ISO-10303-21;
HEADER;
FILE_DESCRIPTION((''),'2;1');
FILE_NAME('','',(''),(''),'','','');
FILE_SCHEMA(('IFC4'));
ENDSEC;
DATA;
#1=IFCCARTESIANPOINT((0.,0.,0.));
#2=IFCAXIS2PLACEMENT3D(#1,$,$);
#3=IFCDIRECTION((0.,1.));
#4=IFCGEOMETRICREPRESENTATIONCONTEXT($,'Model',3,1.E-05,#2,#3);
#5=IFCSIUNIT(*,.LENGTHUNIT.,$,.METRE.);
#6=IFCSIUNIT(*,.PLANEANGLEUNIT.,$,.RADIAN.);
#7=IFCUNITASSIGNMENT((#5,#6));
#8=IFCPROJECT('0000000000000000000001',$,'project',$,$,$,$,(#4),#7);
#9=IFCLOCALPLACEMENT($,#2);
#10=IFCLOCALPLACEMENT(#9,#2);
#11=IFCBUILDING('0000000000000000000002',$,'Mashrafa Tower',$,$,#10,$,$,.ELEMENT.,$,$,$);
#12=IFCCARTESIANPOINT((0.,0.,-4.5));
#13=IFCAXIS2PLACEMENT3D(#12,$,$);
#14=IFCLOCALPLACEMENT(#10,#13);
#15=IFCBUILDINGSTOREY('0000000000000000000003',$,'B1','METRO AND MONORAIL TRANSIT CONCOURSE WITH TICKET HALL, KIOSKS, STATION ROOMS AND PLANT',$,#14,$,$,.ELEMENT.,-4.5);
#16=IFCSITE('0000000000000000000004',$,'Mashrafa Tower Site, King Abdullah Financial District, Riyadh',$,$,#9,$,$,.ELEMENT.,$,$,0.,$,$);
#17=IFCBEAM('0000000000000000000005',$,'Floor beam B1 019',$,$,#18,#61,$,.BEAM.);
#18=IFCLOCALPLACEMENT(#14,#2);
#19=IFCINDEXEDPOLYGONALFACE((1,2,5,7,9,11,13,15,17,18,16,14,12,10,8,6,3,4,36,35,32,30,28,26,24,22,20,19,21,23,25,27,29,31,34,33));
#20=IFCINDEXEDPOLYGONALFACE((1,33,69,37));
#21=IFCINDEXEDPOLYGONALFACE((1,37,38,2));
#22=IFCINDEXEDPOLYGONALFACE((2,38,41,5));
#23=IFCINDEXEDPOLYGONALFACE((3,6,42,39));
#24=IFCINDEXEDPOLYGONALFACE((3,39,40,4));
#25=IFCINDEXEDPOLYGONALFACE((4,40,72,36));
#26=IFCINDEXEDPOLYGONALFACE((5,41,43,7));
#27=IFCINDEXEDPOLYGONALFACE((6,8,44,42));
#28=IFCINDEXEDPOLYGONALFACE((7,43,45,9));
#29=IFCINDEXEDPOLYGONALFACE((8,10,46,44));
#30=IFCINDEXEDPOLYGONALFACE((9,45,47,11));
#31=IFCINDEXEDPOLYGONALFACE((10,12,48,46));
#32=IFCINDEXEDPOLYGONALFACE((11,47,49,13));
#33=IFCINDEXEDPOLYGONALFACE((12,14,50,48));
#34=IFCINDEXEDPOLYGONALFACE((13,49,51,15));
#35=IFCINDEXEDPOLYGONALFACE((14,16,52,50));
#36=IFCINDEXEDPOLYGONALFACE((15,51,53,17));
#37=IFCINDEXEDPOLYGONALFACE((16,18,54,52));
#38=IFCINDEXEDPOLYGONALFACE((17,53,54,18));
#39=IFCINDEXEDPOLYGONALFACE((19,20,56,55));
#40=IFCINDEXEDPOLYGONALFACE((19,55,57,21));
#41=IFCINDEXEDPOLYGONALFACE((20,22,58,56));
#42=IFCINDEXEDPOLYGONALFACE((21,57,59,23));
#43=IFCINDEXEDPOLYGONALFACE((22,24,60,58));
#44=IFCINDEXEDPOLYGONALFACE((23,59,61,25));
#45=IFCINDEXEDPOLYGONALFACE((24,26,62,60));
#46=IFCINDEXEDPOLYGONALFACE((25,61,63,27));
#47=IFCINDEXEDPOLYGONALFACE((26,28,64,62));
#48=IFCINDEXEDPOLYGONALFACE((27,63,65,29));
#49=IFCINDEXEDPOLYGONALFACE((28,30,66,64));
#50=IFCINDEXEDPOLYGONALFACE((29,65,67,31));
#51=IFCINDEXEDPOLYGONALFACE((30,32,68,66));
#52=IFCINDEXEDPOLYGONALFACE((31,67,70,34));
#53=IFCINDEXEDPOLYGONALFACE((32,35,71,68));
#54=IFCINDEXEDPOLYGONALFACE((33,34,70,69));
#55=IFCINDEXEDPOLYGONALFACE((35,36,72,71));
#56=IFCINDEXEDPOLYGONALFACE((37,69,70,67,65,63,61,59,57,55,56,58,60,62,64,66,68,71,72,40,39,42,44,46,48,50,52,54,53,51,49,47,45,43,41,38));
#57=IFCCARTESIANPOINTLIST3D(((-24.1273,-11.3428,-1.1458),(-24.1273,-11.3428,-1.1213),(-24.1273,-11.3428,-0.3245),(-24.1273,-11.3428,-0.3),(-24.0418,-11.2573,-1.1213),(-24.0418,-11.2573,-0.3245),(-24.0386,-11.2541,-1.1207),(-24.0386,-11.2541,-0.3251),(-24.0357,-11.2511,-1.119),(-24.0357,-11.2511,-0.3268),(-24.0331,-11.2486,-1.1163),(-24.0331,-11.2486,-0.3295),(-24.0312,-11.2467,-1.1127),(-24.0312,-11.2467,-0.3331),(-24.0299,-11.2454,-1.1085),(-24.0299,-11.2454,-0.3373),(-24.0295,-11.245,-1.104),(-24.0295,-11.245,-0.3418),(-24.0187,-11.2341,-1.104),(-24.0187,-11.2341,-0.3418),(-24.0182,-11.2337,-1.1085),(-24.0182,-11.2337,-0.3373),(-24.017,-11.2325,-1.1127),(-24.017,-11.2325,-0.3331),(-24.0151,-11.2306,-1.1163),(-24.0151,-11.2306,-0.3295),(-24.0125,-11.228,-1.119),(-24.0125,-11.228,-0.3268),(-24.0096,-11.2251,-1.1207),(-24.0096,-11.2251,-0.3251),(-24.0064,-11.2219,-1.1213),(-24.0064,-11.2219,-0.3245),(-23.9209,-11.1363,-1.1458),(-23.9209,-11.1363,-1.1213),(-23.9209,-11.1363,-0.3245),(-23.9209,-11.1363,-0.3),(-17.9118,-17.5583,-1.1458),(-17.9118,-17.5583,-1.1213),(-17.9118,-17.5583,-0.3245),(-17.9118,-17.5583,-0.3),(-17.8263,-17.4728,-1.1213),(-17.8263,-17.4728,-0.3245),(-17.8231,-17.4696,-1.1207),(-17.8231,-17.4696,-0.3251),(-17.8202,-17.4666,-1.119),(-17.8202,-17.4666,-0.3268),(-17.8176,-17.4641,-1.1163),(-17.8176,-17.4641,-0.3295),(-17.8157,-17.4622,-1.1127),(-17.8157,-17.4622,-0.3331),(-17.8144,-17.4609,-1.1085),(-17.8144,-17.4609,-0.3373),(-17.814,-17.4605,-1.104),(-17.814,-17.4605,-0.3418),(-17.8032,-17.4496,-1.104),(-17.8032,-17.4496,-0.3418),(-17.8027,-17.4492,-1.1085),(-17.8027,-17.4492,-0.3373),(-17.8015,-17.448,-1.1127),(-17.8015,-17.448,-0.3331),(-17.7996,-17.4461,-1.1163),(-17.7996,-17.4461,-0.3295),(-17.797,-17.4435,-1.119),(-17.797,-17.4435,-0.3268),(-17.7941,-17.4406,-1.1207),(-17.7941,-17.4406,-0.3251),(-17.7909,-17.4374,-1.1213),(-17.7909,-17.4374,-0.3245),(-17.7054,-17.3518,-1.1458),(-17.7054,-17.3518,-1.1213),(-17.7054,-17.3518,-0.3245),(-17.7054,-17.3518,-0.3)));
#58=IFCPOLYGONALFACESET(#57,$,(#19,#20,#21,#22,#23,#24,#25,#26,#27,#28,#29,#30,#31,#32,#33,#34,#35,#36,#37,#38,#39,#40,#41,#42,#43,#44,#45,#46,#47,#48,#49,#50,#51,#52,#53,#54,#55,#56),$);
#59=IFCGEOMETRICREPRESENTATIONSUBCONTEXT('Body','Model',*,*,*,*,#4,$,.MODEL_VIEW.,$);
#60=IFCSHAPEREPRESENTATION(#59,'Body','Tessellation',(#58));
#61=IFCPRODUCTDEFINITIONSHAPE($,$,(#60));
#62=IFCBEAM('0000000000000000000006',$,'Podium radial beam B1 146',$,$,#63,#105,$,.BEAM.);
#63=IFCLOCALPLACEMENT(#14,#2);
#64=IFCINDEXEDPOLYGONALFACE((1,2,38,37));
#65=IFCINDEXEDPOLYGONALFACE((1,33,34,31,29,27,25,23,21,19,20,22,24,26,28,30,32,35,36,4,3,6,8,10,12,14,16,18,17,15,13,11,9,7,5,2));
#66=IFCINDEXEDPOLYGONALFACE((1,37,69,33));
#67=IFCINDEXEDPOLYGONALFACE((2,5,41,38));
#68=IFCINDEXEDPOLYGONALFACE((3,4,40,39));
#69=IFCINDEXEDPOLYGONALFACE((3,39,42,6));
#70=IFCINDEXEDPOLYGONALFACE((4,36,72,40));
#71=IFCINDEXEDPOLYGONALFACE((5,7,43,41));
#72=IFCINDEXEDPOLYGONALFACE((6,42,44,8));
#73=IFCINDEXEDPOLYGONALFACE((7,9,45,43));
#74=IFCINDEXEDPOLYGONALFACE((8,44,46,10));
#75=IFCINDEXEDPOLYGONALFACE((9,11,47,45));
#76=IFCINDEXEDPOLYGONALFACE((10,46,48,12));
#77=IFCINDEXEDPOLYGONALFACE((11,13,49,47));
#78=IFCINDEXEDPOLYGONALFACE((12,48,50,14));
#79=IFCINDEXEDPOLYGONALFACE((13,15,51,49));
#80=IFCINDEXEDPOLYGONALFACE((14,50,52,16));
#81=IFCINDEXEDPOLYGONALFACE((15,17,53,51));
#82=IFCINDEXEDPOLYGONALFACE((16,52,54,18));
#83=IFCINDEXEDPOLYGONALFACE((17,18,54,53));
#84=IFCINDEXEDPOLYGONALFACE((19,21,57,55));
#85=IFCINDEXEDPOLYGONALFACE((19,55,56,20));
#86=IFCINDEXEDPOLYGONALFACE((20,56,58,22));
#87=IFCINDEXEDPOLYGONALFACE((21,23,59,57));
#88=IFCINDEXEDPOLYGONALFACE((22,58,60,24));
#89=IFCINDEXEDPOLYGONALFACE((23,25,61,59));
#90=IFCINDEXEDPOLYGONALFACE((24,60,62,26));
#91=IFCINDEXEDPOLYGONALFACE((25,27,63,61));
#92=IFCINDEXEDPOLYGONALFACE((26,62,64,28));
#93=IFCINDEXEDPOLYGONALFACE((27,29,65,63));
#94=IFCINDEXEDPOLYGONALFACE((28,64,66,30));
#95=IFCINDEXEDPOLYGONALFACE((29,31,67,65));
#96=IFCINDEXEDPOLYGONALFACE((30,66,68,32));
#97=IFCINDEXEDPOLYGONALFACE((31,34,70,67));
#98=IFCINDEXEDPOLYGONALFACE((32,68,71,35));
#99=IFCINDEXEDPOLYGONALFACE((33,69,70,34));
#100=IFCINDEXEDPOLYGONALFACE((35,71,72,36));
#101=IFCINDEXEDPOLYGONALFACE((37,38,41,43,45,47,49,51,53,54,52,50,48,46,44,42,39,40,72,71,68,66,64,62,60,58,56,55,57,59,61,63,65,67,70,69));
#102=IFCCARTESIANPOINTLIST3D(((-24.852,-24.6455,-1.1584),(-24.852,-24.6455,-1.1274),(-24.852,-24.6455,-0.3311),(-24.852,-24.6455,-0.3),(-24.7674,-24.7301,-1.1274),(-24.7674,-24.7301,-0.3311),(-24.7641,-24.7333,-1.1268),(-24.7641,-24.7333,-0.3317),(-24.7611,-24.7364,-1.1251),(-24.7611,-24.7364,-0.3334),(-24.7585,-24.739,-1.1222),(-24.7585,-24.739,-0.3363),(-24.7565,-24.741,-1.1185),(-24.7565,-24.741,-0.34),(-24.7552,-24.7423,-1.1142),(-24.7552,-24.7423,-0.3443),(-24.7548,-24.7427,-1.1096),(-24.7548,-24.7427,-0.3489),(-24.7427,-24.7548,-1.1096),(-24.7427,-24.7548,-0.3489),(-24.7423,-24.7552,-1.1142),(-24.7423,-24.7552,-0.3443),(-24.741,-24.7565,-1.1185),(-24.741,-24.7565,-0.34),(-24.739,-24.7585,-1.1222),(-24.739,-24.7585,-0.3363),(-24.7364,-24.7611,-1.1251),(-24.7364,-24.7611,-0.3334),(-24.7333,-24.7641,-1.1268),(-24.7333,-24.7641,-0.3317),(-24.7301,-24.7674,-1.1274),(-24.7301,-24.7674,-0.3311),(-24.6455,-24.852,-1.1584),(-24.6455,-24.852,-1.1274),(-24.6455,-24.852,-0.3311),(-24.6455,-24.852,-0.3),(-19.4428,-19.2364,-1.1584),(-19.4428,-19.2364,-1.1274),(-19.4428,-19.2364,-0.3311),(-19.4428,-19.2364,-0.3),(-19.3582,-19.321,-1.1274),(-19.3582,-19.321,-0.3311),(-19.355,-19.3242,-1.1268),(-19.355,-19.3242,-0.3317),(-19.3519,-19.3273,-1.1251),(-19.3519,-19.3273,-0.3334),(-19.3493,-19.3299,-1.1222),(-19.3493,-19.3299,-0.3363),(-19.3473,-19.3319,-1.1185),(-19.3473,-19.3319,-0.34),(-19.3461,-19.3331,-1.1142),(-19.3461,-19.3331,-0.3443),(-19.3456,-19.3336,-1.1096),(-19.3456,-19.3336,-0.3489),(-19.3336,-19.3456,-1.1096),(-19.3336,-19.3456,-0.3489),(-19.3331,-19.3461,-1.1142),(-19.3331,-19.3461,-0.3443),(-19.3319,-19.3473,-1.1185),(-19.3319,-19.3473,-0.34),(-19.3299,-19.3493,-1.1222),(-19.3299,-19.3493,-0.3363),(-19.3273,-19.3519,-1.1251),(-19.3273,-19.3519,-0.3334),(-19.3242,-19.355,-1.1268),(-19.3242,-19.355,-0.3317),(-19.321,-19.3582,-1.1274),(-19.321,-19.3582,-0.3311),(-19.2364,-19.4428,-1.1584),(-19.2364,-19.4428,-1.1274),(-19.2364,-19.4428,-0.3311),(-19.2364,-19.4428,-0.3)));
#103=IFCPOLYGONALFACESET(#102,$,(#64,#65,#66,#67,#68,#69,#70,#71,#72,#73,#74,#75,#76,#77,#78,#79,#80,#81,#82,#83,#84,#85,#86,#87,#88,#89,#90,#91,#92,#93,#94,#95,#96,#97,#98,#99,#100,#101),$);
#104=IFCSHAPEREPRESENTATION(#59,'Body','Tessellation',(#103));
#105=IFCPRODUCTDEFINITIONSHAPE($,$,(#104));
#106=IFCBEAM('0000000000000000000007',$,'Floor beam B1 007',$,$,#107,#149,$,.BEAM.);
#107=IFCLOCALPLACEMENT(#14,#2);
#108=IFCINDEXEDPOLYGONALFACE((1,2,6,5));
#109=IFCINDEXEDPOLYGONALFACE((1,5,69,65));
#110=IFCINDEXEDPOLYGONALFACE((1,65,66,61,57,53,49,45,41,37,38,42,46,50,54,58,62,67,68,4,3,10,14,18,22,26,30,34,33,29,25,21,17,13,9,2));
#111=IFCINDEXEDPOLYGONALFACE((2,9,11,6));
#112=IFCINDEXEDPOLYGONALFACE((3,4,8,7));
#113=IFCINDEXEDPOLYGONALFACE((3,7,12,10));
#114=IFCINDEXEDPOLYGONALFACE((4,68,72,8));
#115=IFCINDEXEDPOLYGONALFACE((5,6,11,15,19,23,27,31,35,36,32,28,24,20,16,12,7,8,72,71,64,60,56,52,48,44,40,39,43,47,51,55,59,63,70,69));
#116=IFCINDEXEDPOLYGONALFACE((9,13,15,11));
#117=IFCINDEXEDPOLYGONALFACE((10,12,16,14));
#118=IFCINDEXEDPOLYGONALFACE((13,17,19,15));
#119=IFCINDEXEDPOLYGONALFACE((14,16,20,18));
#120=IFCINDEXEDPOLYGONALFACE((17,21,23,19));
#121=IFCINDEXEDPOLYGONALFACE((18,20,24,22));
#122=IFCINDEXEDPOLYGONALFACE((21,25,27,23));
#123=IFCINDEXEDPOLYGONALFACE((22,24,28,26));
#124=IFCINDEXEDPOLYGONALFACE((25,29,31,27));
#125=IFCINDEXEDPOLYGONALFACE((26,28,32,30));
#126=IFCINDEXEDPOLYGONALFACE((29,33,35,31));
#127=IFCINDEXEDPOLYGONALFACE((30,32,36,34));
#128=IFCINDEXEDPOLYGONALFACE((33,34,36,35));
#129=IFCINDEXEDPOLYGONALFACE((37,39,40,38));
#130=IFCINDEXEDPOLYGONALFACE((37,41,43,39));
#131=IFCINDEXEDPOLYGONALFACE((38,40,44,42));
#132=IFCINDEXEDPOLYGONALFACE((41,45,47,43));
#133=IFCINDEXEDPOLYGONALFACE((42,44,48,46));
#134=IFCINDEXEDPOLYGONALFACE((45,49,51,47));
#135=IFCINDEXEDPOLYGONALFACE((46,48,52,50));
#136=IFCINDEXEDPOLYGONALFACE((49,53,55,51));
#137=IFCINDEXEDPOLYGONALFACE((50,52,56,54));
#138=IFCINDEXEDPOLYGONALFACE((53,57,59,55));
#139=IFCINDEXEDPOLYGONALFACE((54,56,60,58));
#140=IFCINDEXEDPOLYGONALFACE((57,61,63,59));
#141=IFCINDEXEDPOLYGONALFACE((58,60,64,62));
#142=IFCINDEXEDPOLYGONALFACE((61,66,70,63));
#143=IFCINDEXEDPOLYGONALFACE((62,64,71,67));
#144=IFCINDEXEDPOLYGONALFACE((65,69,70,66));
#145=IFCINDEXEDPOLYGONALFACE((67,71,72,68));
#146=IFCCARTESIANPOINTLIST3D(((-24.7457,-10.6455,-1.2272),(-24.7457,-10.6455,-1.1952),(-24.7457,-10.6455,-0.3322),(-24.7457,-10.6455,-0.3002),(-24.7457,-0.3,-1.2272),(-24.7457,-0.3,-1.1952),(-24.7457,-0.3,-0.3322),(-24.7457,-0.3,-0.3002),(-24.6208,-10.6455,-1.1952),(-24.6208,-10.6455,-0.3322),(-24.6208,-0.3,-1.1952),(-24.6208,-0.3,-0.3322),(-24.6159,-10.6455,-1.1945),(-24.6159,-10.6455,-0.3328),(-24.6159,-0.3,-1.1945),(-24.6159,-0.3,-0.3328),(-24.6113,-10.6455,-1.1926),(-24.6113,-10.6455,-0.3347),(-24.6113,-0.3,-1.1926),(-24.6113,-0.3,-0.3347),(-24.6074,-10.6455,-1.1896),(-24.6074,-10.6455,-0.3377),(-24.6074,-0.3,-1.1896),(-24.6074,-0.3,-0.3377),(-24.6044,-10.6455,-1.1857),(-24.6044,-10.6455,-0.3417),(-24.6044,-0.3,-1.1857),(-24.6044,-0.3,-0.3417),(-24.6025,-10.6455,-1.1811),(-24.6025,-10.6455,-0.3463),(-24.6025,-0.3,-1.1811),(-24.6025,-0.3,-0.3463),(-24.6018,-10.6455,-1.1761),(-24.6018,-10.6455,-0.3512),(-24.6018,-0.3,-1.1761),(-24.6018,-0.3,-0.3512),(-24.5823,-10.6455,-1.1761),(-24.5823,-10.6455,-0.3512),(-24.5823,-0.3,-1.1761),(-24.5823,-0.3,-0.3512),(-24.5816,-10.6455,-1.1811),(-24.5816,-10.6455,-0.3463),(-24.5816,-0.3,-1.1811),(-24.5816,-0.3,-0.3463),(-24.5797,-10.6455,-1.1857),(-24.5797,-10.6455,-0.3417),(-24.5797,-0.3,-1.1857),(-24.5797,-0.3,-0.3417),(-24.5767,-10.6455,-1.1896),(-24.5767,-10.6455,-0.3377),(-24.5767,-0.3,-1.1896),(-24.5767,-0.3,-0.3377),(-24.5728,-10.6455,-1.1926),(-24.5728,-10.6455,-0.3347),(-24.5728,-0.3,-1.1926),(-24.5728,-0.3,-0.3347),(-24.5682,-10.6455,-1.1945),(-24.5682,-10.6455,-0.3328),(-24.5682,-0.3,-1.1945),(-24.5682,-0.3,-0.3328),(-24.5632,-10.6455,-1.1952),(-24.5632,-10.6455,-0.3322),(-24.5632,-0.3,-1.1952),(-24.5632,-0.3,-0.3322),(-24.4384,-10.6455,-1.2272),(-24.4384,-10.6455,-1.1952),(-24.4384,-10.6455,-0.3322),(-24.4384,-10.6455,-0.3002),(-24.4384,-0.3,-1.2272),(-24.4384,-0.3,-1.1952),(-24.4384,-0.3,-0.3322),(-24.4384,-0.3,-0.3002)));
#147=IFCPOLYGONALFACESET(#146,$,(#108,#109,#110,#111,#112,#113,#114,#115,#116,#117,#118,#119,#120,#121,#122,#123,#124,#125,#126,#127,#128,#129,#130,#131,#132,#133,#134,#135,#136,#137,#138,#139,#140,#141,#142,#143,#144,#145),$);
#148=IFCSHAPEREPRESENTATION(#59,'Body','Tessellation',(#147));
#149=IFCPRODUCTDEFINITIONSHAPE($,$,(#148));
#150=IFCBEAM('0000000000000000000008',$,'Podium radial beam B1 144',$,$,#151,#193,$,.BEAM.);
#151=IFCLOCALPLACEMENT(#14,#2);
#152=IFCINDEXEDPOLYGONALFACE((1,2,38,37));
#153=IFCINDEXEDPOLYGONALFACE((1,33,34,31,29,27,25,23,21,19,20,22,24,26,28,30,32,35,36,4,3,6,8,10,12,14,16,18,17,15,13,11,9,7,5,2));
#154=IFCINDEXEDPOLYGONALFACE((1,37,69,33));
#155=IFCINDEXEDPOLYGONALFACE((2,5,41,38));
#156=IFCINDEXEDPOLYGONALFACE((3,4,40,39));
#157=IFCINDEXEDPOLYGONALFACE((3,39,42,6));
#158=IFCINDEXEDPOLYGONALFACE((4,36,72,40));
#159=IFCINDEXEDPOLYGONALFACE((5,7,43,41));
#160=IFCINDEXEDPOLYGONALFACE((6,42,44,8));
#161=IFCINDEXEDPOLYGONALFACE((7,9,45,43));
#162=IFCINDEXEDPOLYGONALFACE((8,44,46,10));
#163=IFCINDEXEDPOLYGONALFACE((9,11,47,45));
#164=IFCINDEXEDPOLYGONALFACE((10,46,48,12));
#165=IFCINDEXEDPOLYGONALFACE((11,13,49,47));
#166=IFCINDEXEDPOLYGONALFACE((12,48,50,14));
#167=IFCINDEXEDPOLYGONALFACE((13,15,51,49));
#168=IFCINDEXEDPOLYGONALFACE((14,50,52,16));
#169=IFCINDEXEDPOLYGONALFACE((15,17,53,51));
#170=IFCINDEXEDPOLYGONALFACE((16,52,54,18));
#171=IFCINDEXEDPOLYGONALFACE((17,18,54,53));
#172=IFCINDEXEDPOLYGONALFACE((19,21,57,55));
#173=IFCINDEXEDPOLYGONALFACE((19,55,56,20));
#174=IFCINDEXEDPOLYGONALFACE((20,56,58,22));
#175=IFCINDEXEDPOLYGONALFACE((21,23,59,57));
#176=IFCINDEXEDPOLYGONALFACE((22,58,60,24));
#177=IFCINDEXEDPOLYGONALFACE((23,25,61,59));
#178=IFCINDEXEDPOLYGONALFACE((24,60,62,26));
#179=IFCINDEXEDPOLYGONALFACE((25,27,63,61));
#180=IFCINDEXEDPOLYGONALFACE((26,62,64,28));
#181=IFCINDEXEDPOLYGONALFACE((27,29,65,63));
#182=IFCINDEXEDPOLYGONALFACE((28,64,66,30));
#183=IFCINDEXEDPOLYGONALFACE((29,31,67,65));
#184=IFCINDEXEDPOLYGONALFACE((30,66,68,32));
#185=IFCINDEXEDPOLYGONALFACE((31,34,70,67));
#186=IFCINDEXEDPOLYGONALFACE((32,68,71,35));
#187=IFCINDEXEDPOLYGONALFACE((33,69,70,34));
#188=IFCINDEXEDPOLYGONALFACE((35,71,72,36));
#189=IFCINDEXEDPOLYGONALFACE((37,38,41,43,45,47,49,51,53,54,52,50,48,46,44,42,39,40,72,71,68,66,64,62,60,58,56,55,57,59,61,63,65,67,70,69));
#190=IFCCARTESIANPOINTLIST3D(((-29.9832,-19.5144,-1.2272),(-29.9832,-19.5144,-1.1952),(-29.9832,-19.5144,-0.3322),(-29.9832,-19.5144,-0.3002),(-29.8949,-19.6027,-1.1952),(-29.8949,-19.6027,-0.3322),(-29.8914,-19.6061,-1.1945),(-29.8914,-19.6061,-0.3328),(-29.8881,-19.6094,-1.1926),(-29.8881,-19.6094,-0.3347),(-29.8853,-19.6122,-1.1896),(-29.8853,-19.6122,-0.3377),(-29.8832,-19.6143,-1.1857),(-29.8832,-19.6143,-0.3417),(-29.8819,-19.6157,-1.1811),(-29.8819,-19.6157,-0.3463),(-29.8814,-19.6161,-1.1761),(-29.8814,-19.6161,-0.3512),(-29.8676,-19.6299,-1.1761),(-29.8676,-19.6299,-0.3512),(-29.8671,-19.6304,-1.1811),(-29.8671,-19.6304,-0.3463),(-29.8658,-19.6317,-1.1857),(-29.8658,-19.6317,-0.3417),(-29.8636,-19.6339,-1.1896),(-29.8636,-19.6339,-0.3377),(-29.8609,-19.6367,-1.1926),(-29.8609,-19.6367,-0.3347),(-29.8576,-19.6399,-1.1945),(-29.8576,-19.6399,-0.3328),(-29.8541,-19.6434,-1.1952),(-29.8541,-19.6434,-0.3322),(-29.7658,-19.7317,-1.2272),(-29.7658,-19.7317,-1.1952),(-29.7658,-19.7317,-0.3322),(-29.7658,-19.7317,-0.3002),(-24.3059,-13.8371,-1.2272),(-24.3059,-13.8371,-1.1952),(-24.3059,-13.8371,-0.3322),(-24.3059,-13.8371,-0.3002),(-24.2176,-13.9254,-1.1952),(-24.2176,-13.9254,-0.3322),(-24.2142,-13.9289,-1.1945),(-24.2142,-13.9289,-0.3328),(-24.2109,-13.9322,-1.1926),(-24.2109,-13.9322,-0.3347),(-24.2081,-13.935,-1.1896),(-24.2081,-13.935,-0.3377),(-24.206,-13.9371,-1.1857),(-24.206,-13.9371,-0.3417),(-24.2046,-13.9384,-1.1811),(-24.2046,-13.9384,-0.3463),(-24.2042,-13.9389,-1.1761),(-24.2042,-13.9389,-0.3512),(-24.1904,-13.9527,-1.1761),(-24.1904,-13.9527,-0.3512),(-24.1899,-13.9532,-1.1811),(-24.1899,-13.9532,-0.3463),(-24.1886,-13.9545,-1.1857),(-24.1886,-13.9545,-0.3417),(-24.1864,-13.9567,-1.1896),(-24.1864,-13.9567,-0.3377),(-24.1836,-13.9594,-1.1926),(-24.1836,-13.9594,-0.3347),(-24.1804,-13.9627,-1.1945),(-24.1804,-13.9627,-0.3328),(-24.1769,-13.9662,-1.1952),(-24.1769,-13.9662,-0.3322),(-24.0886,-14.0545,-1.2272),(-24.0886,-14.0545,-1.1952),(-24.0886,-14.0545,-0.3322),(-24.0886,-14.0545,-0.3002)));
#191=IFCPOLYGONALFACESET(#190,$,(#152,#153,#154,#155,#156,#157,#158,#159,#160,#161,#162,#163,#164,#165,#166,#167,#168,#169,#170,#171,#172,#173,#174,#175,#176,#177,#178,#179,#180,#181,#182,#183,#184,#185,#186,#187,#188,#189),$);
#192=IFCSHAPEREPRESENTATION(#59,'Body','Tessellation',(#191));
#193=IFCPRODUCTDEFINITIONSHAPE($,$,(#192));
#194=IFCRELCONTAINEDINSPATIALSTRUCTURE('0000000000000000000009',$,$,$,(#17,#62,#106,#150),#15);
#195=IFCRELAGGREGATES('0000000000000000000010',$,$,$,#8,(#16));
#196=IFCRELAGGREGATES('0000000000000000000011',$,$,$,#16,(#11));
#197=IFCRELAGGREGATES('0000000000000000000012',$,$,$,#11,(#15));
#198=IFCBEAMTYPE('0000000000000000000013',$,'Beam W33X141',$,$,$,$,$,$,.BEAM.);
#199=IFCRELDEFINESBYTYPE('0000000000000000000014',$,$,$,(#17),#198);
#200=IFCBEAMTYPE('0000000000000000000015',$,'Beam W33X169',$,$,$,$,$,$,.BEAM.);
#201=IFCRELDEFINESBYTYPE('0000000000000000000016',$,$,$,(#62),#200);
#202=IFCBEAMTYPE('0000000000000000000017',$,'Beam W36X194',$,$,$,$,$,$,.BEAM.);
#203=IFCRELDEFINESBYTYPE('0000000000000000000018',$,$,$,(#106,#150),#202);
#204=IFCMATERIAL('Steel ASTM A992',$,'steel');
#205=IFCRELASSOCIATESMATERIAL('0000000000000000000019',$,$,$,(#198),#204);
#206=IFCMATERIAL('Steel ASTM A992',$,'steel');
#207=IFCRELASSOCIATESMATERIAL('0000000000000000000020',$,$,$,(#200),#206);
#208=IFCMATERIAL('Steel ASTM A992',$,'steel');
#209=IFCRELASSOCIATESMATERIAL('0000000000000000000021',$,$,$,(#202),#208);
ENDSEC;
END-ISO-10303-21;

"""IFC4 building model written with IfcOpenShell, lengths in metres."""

from ifc_helpers import new_model, si_unit, direction, frame, origin, origin_2d, place, context, subcontext, project, spatial, i_section, extrude, material, material_profile, profile_set, type_object, element, save


model = new_model("IFC4")

# Units and contexts
model_context = context("Model", 3, precision=1e-05, world=origin(), true_north=direction((0.0, 1.0)))
body_context = subcontext(model_context, "Body", "Model", "MODEL_VIEW")
ifc_project = project(units=[si_unit("LENGTHUNIT", "METRE"), si_unit("PLANEANGLEUNIT", "RADIAN")], contexts=[model_context])

# Site, building, storey
site_placement = place(None, origin())
site = spatial("IfcSite", under=ifc_project, at=site_placement, Name="Mashrafa Tower Site, King Abdullah Financial District, Riyadh", CompositionType="ELEMENT", RefElevation=0.0)
building_placement = place(site_placement, origin())
building = spatial("IfcBuilding", under=site, at=building_placement, Name="Mashrafa Tower", CompositionType="ELEMENT")
storey_placement = place(building_placement, frame((0.0, 0.0, -4.5)))
storey = spatial("IfcBuildingStorey", under=building, at=storey_placement, Name="B1", Description="METRO AND MONORAIL TRANSIT CONCOURSE WITH TICKET HALL, KIOSKS, STATION ROOMS AND PLANT", CompositionType="ELEMENT", Elevation=-4.5)

# Beams
ifc_material_1 = material(Name="Steel ASTM A992", Category="steel")
ifc_material_profile_1 = material_profile(ifc_material_1, i_section(OverallWidth=0.292, OverallDepth=0.8457, WebThickness=0.0154, FlangeThickness=0.0244, FilletRadius=0.0173, at=origin_2d()), Name="W33X141")
ifc_profile_set_1 = profile_set([ifc_material_profile_1], Name="Steel ASTM A992")
beam_type_1 = type_object("IfcBeamType", Name="Beam W33X141", PredefinedType="BEAM", material=ifc_profile_set_1)
beam_1_placement = place(storey_placement, frame((-17.8086, -17.4551, -0.7229), z_axis=(-0.707107, 0.707107, 0.0), x_axis=(-0.707107, -0.707107, 0.0)))
element("IfcBeam", 1, at=beam_1_placement, inside=storey, type_object=beam_type_1, Name="Floor beam B1 019", PredefinedType="BEAM", context=body_context, shape_type="SweptSolid", body=[
    extrude(i_section(OverallWidth=0.292, OverallDepth=0.8457, WebThickness=0.0154, FlangeThickness=0.0244, FilletRadius=0.0173, at=origin_2d()), origin(), (0.0, 0.0, 1.0), 8.79),
])
ifc_material_2 = material(Name="Steel ASTM A992", Category="steel")
ifc_material_profile_2 = material_profile(ifc_material_2, i_section(OverallWidth=0.292, OverallDepth=0.8584, WebThickness=0.0171, FlangeThickness=0.031, FilletRadius=0.0178, at=origin_2d()), Name="W33X169")
ifc_profile_set_2 = profile_set([ifc_material_profile_2], Name="Steel ASTM A992")
beam_type_2 = type_object("IfcBeamType", Name="Beam W33X169", PredefinedType="BEAM", material=ifc_profile_set_2)
beam_2_placement = place(storey_placement, frame((-19.3396, -19.3396, -0.7292), z_axis=(-0.707107, -0.707107, 0.0), x_axis=(0.707107, -0.707107, 0.0)))
element("IfcBeam", 2, at=beam_2_placement, inside=storey, type_object=beam_type_2, Name="Podium radial beam B1 146", PredefinedType="BEAM", context=body_context, shape_type="SweptSolid", body=[
    extrude(i_section(OverallWidth=0.292, OverallDepth=0.8584, WebThickness=0.0171, FlangeThickness=0.031, FilletRadius=0.0178, at=origin_2d()), origin(), (0.0, 0.0, 1.0), 7.6497),
])
ifc_material_3 = material(Name="Steel ASTM A992", Category="steel")
ifc_material_profile_3 = material_profile(ifc_material_3, i_section(OverallWidth=0.3074, OverallDepth=0.927, WebThickness=0.0195, FlangeThickness=0.032, FilletRadius=0.019, at=origin_2d()), Name="W36X194")
ifc_profile_set_3 = profile_set([ifc_material_profile_3], Name="Steel ASTM A992")
beam_type_3 = type_object("IfcBeamType", Name="Beam W36X194", PredefinedType="BEAM", material=ifc_profile_set_3)
beam_3_placement = place(storey_placement, frame((-24.592, -10.6455, -0.7637), z_axis=(0.0, 1.0, 0.0), x_axis=(-1.0, 0.0, 0.0)))
element("IfcBeam", 3, at=beam_3_placement, inside=storey, type_object=beam_type_3, Name="Floor beam B1 007", PredefinedType="BEAM", context=body_context, shape_type="SweptSolid", body=[
    extrude(i_section(OverallWidth=0.3074, OverallDepth=0.927, WebThickness=0.0195, FlangeThickness=0.032, FilletRadius=0.019, at=origin_2d()), origin(), (0.0, 0.0, 1.0), 10.3455),
])
beam_4_placement = place(storey_placement, frame((-24.1973, -13.9458, -0.7637), z_axis=(-0.707107, -0.707107, 0.0), x_axis=(0.707107, -0.707107, 0.0)))
element("IfcBeam", 4, at=beam_4_placement, inside=storey, type_object=beam_type_3, Name="Podium radial beam B1 144", PredefinedType="BEAM", context=body_context, shape_type="SweptSolid", body=[
    extrude(i_section(OverallWidth=0.3074, OverallDepth=0.927, WebThickness=0.0195, FlangeThickness=0.032, FilletRadius=0.019, at=origin_2d()), origin(), (0.0, 0.0, 1.0), 8.0288),
])

save(model, "model.ifc")
